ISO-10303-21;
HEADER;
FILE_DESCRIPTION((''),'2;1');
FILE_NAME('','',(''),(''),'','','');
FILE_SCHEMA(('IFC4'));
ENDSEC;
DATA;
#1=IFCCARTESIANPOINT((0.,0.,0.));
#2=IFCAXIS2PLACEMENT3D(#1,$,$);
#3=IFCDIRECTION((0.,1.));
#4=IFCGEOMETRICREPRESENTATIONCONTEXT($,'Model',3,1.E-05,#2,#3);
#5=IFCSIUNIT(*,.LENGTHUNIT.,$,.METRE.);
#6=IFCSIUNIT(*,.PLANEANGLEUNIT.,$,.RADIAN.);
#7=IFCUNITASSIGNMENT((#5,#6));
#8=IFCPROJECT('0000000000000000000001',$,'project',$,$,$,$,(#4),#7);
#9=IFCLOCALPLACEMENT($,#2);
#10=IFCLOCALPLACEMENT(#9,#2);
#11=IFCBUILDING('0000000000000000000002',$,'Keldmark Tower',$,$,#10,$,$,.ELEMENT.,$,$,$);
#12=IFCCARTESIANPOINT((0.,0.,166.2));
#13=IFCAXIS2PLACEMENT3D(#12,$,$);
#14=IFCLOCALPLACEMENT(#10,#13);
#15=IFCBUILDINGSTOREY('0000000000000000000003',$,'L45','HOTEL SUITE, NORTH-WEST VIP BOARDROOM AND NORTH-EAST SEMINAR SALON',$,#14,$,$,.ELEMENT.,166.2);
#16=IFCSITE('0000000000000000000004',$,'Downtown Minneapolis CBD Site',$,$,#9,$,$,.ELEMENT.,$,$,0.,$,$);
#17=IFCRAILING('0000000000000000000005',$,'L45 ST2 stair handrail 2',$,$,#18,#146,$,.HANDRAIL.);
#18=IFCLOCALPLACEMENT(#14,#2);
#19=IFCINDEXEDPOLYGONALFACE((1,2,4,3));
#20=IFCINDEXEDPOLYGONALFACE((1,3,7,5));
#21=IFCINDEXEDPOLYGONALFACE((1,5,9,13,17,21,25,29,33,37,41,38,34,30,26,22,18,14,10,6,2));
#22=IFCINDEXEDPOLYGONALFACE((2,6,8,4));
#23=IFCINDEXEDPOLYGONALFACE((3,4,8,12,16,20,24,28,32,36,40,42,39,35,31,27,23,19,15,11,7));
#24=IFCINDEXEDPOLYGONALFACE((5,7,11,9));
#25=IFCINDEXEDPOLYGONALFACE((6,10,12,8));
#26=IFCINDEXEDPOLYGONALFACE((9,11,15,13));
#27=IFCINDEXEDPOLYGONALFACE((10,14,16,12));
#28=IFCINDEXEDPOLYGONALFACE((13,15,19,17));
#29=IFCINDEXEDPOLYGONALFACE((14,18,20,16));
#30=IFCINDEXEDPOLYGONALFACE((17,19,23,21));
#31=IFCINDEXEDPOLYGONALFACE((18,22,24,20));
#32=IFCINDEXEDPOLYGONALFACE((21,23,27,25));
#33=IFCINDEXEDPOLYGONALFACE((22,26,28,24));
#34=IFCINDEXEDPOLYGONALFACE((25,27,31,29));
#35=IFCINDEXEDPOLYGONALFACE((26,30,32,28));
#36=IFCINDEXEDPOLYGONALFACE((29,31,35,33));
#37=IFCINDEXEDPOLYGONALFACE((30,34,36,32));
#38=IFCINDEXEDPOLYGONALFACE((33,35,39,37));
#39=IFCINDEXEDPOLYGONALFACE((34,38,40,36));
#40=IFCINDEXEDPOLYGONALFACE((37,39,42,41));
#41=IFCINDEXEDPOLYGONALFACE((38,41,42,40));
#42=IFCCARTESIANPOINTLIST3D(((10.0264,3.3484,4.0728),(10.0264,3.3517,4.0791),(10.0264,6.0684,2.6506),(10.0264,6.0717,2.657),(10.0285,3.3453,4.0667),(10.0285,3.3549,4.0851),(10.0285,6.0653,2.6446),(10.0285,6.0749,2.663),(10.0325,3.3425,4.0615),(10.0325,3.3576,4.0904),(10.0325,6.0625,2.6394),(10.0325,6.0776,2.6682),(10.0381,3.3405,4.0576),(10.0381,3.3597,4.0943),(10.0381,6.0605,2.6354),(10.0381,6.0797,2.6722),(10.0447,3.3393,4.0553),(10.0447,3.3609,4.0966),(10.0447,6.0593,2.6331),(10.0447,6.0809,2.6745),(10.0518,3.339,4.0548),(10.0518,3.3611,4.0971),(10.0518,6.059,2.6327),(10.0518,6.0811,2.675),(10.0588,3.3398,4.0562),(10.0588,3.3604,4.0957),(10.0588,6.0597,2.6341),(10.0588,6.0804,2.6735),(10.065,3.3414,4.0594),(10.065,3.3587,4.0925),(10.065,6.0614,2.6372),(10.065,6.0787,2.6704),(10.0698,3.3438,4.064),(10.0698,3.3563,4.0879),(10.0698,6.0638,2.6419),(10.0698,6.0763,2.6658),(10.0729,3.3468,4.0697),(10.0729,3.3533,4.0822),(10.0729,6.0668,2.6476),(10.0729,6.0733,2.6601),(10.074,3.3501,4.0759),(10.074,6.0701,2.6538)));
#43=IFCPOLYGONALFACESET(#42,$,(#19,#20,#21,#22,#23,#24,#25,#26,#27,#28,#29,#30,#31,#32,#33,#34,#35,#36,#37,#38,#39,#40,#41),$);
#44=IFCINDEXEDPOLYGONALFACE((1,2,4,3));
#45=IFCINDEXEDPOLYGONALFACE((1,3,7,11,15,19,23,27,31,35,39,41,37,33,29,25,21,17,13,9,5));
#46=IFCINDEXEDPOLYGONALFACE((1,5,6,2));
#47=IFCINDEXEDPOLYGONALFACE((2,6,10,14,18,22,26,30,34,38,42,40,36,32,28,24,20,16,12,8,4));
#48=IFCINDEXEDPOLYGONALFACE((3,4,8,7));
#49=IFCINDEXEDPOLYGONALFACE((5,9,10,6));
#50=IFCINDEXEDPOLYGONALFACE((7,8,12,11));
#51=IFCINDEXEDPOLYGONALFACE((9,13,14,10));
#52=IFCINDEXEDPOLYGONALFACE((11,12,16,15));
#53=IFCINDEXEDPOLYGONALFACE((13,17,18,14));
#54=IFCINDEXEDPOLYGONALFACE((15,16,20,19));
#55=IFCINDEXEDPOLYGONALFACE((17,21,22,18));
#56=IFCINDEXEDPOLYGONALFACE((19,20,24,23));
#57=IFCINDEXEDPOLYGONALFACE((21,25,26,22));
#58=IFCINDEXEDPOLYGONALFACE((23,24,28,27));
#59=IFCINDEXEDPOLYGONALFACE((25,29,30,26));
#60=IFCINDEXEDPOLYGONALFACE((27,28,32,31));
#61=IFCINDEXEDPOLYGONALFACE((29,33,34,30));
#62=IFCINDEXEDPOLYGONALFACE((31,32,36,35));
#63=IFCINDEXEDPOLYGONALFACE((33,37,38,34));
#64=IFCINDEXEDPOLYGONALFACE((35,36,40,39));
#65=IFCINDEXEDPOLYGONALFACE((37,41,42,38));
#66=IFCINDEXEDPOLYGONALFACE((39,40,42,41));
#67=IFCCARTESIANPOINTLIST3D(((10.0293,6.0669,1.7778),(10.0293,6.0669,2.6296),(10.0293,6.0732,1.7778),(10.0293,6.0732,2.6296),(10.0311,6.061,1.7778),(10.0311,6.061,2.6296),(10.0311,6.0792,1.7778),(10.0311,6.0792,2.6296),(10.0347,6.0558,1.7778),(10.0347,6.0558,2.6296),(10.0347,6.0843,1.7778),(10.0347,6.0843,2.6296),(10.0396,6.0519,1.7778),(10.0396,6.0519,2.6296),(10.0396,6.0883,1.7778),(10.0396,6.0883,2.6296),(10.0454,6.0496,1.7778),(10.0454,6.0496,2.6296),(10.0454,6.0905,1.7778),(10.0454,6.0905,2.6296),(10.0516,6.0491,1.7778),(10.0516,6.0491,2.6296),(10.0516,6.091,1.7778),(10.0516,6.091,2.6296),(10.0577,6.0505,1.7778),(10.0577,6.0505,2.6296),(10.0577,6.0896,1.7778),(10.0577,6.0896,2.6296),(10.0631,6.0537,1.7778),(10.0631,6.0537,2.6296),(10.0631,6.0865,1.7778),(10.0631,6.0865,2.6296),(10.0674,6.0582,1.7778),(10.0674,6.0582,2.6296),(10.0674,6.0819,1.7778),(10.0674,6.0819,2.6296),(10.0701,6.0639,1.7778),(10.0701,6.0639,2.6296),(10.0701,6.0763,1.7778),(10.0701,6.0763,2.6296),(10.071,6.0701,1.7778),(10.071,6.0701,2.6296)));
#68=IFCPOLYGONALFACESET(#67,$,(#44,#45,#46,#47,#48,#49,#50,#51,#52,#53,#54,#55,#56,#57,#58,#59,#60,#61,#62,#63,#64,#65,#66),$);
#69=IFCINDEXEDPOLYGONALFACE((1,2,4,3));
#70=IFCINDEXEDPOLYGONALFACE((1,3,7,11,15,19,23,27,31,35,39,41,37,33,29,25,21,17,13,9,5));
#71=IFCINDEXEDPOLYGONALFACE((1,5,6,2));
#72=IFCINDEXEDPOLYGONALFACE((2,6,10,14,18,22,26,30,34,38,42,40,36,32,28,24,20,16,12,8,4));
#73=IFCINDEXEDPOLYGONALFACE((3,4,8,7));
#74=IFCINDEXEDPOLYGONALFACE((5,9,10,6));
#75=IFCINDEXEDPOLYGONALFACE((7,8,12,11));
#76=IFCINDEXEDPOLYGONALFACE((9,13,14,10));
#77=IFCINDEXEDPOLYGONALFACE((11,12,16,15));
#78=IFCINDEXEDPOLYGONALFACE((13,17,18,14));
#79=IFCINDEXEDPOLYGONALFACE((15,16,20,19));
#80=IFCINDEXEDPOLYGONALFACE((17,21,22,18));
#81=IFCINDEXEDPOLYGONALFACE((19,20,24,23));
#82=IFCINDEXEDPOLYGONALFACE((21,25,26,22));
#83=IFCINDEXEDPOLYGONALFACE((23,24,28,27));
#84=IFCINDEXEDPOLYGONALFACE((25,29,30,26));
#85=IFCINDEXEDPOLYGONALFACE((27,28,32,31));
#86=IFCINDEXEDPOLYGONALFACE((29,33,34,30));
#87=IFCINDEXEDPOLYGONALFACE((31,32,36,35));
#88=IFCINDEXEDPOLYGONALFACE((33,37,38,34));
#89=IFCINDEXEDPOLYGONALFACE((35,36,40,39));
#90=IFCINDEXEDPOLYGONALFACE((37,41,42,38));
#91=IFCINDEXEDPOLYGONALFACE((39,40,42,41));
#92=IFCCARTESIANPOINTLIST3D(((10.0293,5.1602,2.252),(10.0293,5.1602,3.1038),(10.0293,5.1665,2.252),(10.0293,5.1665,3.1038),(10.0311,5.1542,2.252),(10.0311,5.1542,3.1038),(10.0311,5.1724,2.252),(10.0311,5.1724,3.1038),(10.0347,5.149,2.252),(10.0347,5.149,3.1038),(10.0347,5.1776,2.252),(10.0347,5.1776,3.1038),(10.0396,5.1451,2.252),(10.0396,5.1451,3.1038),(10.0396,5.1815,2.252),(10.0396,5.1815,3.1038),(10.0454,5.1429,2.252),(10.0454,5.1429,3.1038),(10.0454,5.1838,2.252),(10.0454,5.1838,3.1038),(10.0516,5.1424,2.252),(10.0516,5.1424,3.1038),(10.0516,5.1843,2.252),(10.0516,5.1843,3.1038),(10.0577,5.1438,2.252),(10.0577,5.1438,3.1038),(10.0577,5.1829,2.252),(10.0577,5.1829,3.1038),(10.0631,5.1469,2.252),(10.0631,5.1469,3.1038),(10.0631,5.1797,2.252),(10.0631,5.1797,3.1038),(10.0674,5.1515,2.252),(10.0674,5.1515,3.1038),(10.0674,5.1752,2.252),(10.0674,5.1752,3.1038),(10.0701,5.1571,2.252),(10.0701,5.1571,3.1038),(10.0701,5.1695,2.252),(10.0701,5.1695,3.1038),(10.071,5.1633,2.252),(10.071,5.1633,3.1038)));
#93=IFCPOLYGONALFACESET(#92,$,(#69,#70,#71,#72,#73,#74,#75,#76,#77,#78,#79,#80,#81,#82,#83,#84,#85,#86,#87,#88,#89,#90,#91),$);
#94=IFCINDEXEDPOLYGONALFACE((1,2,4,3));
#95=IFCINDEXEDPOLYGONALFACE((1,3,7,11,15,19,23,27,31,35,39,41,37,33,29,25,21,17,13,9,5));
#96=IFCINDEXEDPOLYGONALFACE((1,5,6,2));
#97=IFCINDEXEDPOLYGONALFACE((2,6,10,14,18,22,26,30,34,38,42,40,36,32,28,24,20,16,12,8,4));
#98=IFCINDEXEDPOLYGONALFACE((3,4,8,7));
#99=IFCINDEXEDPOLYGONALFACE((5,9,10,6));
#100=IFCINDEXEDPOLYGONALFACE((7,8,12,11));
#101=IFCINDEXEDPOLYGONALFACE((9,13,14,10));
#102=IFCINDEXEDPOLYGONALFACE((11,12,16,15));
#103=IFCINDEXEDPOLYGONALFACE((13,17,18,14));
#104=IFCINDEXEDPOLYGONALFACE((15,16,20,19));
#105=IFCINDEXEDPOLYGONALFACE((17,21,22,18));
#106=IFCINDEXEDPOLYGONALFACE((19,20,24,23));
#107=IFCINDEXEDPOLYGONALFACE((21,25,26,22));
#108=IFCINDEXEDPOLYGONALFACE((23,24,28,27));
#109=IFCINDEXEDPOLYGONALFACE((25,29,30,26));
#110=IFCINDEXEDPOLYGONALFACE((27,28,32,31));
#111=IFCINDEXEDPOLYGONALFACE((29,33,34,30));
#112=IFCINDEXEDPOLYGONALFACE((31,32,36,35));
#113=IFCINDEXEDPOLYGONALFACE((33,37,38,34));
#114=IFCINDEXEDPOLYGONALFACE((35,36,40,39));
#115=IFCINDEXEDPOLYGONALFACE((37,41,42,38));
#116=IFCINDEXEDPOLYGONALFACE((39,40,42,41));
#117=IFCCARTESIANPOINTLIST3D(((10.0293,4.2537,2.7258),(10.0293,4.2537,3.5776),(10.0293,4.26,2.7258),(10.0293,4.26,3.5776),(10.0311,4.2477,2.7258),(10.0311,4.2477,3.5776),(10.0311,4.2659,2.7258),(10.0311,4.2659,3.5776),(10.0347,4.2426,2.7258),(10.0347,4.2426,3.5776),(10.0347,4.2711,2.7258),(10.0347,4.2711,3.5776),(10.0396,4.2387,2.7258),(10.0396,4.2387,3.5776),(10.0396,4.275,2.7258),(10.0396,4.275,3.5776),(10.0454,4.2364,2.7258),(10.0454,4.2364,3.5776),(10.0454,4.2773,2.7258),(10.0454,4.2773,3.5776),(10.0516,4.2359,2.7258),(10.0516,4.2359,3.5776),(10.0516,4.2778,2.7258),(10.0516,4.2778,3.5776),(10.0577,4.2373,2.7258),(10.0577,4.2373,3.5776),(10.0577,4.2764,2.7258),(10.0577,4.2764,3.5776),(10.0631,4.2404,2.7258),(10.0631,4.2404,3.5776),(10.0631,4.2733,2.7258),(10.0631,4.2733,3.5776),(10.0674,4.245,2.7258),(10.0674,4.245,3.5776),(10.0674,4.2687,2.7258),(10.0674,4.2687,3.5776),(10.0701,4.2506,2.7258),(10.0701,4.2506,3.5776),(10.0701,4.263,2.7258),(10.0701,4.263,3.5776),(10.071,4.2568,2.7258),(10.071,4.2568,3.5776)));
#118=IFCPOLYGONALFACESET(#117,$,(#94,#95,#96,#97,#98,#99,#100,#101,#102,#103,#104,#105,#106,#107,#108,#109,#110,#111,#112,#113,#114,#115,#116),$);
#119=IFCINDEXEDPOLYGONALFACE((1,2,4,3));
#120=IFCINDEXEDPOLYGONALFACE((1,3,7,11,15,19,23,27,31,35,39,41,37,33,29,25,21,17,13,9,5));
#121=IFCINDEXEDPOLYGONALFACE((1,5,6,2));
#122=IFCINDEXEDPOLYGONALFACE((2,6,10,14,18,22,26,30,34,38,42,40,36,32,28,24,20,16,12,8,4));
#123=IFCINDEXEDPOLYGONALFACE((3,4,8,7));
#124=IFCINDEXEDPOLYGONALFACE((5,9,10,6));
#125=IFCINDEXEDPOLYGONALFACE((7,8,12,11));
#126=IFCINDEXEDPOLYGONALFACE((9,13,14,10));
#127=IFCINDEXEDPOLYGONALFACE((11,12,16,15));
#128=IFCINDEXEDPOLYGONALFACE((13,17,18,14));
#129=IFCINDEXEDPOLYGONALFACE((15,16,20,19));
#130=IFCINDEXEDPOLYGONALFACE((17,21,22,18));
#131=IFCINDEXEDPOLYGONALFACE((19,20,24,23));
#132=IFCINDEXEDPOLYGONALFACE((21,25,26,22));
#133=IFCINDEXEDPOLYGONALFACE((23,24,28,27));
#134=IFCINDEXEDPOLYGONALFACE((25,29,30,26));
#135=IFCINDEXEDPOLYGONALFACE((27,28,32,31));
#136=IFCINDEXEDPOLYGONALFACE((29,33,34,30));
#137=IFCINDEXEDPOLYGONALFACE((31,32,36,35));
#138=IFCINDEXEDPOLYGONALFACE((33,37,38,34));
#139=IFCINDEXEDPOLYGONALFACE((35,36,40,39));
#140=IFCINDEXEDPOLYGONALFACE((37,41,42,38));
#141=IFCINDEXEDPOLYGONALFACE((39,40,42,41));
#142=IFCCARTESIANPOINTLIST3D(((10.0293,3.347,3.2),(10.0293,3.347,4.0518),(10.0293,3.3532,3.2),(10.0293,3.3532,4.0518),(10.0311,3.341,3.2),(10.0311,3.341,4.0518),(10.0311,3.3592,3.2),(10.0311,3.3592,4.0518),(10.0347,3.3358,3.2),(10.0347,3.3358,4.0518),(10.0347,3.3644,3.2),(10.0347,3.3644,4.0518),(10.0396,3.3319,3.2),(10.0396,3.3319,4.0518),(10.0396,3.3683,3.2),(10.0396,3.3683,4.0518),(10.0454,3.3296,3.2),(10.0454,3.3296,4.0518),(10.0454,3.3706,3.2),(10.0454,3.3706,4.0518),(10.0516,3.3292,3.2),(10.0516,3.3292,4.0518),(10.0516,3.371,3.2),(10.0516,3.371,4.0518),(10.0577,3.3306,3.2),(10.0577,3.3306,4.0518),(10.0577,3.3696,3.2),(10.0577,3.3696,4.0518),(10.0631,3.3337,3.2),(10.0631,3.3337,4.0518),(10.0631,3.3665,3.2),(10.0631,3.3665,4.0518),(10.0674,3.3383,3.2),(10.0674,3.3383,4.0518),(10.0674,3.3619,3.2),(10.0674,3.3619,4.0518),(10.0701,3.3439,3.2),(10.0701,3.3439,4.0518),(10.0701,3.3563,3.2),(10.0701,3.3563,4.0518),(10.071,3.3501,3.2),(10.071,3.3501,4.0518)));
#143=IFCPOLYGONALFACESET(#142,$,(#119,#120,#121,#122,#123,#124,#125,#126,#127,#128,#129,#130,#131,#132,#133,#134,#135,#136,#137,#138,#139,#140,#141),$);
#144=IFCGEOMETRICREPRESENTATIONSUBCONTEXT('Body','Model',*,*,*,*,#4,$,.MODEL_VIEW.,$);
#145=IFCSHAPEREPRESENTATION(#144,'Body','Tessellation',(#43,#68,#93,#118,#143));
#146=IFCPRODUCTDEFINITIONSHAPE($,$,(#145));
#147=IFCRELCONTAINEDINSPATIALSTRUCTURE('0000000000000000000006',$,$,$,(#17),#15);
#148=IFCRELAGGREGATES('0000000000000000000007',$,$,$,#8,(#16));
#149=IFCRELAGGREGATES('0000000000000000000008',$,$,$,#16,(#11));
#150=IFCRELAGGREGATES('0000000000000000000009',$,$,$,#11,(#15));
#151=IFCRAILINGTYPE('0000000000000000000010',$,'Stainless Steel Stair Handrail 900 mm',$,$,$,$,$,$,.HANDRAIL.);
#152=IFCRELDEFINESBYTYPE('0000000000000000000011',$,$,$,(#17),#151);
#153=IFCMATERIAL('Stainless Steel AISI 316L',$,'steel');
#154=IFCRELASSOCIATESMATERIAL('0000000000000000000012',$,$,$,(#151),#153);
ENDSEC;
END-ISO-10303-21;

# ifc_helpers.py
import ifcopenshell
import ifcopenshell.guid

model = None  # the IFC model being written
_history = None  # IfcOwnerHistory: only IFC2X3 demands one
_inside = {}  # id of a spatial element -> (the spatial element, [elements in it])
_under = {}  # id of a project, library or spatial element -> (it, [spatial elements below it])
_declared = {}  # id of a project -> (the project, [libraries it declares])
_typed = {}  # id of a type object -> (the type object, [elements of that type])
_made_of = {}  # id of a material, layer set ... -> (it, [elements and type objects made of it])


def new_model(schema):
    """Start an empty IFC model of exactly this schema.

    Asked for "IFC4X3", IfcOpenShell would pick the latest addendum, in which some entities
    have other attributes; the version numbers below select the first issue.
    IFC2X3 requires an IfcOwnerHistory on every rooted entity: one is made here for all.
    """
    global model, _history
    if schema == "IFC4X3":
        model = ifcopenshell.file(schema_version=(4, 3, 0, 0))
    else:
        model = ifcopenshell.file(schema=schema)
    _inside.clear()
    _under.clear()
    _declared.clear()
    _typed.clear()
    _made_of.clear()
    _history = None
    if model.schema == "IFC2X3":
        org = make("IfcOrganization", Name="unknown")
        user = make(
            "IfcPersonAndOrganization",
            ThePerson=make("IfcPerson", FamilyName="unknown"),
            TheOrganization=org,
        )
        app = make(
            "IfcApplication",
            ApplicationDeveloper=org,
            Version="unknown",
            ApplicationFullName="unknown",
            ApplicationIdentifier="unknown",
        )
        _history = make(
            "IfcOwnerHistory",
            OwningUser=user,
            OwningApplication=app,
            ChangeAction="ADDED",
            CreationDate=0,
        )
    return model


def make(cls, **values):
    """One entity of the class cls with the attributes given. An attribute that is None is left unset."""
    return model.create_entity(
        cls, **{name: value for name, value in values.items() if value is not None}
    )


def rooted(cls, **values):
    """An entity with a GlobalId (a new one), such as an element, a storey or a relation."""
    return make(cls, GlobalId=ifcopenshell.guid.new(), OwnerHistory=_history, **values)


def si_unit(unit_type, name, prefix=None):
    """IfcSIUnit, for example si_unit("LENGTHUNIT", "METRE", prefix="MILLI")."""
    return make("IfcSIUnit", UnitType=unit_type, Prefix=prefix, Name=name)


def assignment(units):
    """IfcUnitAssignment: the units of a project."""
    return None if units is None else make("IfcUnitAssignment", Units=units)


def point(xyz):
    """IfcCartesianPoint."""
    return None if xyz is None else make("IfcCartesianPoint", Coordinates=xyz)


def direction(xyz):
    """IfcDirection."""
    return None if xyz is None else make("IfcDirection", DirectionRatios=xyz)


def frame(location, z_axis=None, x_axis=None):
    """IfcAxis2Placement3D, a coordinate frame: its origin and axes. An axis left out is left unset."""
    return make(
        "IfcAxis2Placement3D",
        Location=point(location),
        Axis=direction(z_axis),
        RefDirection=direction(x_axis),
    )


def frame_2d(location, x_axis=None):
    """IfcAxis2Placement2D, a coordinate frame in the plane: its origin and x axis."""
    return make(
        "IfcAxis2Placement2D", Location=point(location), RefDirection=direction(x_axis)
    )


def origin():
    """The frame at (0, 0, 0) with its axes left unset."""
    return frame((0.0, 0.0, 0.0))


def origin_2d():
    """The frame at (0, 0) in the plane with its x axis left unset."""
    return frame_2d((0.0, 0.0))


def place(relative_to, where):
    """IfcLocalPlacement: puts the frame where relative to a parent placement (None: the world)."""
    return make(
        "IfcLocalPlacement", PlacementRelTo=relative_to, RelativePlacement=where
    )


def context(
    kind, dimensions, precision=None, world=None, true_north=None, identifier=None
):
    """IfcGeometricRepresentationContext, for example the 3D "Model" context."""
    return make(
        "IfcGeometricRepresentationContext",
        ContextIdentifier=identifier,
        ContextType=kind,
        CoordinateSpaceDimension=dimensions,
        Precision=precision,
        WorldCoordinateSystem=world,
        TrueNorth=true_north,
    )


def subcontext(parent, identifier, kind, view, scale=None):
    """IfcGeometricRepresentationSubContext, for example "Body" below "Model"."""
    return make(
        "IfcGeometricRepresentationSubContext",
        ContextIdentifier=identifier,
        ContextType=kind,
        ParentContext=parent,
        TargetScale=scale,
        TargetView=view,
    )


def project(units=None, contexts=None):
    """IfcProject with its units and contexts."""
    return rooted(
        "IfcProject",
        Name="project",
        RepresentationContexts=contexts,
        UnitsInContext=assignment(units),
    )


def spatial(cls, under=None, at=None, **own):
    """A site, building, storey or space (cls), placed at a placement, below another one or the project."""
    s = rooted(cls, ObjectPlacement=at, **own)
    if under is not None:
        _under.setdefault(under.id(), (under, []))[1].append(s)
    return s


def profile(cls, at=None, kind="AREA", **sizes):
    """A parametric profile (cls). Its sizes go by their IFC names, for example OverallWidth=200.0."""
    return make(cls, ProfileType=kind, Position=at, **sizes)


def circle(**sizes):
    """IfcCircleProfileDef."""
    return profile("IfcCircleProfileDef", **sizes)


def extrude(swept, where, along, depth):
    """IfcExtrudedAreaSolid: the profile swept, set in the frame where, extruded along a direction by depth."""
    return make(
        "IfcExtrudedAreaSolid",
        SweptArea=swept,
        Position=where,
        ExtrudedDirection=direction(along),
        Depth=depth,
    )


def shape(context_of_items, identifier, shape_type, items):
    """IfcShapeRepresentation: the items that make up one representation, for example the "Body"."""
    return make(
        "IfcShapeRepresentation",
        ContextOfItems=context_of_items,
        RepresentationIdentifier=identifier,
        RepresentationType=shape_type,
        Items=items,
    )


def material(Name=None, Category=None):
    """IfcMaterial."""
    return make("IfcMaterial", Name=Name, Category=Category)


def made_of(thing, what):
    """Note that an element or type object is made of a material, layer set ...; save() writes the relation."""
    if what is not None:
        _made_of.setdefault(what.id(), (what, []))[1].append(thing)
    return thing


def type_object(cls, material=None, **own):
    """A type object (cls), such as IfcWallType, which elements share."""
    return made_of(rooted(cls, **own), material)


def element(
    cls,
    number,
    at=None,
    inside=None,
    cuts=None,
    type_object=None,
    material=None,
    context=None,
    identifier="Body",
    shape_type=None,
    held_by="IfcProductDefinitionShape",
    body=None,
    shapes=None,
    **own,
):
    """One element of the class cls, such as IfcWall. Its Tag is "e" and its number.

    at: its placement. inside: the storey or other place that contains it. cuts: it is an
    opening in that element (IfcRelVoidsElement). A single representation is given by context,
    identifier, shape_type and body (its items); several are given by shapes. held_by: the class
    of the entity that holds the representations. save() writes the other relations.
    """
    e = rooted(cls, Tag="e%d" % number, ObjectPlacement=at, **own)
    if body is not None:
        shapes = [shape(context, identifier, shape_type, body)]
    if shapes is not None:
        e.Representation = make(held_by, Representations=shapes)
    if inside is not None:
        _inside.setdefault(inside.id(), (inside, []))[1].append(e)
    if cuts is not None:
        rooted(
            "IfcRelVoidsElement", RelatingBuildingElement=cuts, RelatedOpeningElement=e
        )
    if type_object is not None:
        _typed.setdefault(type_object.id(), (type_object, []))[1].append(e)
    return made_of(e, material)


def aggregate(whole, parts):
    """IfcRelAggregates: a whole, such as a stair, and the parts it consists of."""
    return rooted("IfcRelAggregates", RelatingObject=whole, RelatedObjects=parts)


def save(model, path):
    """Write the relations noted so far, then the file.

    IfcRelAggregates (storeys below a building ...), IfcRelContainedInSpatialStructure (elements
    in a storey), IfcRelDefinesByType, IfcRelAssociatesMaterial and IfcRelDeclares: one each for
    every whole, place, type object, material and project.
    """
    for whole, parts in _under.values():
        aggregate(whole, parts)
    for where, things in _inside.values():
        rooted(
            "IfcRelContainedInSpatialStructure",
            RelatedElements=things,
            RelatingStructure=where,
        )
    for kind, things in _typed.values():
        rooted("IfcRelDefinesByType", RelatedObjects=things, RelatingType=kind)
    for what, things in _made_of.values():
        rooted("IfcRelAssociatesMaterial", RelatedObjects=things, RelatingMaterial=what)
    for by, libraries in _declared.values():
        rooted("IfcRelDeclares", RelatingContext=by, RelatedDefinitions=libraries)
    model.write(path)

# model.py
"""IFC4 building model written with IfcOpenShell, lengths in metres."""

from ifc_helpers import new_model, si_unit, direction, frame, origin, origin_2d, place, context, subcontext, project, spatial, circle, extrude, material, type_object, element, save


model = new_model("IFC4")

# Units and contexts
model_context = context("Model", 3, precision=1e-05, world=origin(), true_north=direction((0.0, 1.0)))
body_context = subcontext(model_context, "Body", "Model", "MODEL_VIEW")
ifc_project = project(units=[si_unit("LENGTHUNIT", "METRE"), si_unit("PLANEANGLEUNIT", "RADIAN")], contexts=[model_context])

# Site, building, storey
site_placement = place(None, origin())
site = spatial("IfcSite", under=ifc_project, at=site_placement, Name="Downtown Minneapolis CBD Site", CompositionType="ELEMENT", RefElevation=0.0)
building_placement = place(site_placement, origin())
building = spatial("IfcBuilding", under=site, at=building_placement, Name="Keldmark Tower", CompositionType="ELEMENT")
storey_placement = place(building_placement, frame((0.0, 0.0, 166.2)))
storey = spatial("IfcBuildingStorey", under=building, at=storey_placement, Name="L45", Description="HOTEL SUITE, NORTH-WEST VIP BOARDROOM AND NORTH-EAST SEMINAR SALON", CompositionType="ELEMENT", Elevation=166.2)

# Railing
ifc_material_1 = material(Name="Stainless Steel AISI 316L", Category="steel")
railing_type_1 = type_object("IfcRailingType", Name="Stainless Steel Stair Handrail 900 mm", PredefinedType="HANDRAIL", material=ifc_material_1)
railing_1_placement = place(storey_placement, frame((10.05, 6.0701, 1.7778)))
element("IfcRailing", 1, at=railing_1_placement, inside=storey, type_object=railing_type_1, Name="L45 ST2 stair handrail 2", PredefinedType="HANDRAIL", context=body_context, shape_type="SweptSolid", body=[
    extrude(circle(Radius=0.0239, at=origin_2d()), frame((0.0, 0.0, 0.876), z_axis=(0.0, -0.886183, 0.463335), x_axis=(1.0, 0.0, 0.0)), (0.0, 0.0, 1.0), 3.0693),
    extrude(circle(Radius=0.021, at=origin_2d()), origin(), (0.0, 0.0, 1.0), 0.8518),
    extrude(circle(Radius=0.021, at=origin_2d()), frame((0.0, -0.9067, 0.4741)), (0.0, 0.0, 1.0), 0.8518),
    extrude(circle(Radius=0.021, at=origin_2d()), frame((0.0, -1.8132, 0.948)), (0.0, 0.0, 1.0), 0.8518),
    extrude(circle(Radius=0.021, at=origin_2d()), frame((0.0, -2.72, 1.4221)), (0.0, 0.0, 1.0), 0.8518),
])

save(model, "model.ifc")
